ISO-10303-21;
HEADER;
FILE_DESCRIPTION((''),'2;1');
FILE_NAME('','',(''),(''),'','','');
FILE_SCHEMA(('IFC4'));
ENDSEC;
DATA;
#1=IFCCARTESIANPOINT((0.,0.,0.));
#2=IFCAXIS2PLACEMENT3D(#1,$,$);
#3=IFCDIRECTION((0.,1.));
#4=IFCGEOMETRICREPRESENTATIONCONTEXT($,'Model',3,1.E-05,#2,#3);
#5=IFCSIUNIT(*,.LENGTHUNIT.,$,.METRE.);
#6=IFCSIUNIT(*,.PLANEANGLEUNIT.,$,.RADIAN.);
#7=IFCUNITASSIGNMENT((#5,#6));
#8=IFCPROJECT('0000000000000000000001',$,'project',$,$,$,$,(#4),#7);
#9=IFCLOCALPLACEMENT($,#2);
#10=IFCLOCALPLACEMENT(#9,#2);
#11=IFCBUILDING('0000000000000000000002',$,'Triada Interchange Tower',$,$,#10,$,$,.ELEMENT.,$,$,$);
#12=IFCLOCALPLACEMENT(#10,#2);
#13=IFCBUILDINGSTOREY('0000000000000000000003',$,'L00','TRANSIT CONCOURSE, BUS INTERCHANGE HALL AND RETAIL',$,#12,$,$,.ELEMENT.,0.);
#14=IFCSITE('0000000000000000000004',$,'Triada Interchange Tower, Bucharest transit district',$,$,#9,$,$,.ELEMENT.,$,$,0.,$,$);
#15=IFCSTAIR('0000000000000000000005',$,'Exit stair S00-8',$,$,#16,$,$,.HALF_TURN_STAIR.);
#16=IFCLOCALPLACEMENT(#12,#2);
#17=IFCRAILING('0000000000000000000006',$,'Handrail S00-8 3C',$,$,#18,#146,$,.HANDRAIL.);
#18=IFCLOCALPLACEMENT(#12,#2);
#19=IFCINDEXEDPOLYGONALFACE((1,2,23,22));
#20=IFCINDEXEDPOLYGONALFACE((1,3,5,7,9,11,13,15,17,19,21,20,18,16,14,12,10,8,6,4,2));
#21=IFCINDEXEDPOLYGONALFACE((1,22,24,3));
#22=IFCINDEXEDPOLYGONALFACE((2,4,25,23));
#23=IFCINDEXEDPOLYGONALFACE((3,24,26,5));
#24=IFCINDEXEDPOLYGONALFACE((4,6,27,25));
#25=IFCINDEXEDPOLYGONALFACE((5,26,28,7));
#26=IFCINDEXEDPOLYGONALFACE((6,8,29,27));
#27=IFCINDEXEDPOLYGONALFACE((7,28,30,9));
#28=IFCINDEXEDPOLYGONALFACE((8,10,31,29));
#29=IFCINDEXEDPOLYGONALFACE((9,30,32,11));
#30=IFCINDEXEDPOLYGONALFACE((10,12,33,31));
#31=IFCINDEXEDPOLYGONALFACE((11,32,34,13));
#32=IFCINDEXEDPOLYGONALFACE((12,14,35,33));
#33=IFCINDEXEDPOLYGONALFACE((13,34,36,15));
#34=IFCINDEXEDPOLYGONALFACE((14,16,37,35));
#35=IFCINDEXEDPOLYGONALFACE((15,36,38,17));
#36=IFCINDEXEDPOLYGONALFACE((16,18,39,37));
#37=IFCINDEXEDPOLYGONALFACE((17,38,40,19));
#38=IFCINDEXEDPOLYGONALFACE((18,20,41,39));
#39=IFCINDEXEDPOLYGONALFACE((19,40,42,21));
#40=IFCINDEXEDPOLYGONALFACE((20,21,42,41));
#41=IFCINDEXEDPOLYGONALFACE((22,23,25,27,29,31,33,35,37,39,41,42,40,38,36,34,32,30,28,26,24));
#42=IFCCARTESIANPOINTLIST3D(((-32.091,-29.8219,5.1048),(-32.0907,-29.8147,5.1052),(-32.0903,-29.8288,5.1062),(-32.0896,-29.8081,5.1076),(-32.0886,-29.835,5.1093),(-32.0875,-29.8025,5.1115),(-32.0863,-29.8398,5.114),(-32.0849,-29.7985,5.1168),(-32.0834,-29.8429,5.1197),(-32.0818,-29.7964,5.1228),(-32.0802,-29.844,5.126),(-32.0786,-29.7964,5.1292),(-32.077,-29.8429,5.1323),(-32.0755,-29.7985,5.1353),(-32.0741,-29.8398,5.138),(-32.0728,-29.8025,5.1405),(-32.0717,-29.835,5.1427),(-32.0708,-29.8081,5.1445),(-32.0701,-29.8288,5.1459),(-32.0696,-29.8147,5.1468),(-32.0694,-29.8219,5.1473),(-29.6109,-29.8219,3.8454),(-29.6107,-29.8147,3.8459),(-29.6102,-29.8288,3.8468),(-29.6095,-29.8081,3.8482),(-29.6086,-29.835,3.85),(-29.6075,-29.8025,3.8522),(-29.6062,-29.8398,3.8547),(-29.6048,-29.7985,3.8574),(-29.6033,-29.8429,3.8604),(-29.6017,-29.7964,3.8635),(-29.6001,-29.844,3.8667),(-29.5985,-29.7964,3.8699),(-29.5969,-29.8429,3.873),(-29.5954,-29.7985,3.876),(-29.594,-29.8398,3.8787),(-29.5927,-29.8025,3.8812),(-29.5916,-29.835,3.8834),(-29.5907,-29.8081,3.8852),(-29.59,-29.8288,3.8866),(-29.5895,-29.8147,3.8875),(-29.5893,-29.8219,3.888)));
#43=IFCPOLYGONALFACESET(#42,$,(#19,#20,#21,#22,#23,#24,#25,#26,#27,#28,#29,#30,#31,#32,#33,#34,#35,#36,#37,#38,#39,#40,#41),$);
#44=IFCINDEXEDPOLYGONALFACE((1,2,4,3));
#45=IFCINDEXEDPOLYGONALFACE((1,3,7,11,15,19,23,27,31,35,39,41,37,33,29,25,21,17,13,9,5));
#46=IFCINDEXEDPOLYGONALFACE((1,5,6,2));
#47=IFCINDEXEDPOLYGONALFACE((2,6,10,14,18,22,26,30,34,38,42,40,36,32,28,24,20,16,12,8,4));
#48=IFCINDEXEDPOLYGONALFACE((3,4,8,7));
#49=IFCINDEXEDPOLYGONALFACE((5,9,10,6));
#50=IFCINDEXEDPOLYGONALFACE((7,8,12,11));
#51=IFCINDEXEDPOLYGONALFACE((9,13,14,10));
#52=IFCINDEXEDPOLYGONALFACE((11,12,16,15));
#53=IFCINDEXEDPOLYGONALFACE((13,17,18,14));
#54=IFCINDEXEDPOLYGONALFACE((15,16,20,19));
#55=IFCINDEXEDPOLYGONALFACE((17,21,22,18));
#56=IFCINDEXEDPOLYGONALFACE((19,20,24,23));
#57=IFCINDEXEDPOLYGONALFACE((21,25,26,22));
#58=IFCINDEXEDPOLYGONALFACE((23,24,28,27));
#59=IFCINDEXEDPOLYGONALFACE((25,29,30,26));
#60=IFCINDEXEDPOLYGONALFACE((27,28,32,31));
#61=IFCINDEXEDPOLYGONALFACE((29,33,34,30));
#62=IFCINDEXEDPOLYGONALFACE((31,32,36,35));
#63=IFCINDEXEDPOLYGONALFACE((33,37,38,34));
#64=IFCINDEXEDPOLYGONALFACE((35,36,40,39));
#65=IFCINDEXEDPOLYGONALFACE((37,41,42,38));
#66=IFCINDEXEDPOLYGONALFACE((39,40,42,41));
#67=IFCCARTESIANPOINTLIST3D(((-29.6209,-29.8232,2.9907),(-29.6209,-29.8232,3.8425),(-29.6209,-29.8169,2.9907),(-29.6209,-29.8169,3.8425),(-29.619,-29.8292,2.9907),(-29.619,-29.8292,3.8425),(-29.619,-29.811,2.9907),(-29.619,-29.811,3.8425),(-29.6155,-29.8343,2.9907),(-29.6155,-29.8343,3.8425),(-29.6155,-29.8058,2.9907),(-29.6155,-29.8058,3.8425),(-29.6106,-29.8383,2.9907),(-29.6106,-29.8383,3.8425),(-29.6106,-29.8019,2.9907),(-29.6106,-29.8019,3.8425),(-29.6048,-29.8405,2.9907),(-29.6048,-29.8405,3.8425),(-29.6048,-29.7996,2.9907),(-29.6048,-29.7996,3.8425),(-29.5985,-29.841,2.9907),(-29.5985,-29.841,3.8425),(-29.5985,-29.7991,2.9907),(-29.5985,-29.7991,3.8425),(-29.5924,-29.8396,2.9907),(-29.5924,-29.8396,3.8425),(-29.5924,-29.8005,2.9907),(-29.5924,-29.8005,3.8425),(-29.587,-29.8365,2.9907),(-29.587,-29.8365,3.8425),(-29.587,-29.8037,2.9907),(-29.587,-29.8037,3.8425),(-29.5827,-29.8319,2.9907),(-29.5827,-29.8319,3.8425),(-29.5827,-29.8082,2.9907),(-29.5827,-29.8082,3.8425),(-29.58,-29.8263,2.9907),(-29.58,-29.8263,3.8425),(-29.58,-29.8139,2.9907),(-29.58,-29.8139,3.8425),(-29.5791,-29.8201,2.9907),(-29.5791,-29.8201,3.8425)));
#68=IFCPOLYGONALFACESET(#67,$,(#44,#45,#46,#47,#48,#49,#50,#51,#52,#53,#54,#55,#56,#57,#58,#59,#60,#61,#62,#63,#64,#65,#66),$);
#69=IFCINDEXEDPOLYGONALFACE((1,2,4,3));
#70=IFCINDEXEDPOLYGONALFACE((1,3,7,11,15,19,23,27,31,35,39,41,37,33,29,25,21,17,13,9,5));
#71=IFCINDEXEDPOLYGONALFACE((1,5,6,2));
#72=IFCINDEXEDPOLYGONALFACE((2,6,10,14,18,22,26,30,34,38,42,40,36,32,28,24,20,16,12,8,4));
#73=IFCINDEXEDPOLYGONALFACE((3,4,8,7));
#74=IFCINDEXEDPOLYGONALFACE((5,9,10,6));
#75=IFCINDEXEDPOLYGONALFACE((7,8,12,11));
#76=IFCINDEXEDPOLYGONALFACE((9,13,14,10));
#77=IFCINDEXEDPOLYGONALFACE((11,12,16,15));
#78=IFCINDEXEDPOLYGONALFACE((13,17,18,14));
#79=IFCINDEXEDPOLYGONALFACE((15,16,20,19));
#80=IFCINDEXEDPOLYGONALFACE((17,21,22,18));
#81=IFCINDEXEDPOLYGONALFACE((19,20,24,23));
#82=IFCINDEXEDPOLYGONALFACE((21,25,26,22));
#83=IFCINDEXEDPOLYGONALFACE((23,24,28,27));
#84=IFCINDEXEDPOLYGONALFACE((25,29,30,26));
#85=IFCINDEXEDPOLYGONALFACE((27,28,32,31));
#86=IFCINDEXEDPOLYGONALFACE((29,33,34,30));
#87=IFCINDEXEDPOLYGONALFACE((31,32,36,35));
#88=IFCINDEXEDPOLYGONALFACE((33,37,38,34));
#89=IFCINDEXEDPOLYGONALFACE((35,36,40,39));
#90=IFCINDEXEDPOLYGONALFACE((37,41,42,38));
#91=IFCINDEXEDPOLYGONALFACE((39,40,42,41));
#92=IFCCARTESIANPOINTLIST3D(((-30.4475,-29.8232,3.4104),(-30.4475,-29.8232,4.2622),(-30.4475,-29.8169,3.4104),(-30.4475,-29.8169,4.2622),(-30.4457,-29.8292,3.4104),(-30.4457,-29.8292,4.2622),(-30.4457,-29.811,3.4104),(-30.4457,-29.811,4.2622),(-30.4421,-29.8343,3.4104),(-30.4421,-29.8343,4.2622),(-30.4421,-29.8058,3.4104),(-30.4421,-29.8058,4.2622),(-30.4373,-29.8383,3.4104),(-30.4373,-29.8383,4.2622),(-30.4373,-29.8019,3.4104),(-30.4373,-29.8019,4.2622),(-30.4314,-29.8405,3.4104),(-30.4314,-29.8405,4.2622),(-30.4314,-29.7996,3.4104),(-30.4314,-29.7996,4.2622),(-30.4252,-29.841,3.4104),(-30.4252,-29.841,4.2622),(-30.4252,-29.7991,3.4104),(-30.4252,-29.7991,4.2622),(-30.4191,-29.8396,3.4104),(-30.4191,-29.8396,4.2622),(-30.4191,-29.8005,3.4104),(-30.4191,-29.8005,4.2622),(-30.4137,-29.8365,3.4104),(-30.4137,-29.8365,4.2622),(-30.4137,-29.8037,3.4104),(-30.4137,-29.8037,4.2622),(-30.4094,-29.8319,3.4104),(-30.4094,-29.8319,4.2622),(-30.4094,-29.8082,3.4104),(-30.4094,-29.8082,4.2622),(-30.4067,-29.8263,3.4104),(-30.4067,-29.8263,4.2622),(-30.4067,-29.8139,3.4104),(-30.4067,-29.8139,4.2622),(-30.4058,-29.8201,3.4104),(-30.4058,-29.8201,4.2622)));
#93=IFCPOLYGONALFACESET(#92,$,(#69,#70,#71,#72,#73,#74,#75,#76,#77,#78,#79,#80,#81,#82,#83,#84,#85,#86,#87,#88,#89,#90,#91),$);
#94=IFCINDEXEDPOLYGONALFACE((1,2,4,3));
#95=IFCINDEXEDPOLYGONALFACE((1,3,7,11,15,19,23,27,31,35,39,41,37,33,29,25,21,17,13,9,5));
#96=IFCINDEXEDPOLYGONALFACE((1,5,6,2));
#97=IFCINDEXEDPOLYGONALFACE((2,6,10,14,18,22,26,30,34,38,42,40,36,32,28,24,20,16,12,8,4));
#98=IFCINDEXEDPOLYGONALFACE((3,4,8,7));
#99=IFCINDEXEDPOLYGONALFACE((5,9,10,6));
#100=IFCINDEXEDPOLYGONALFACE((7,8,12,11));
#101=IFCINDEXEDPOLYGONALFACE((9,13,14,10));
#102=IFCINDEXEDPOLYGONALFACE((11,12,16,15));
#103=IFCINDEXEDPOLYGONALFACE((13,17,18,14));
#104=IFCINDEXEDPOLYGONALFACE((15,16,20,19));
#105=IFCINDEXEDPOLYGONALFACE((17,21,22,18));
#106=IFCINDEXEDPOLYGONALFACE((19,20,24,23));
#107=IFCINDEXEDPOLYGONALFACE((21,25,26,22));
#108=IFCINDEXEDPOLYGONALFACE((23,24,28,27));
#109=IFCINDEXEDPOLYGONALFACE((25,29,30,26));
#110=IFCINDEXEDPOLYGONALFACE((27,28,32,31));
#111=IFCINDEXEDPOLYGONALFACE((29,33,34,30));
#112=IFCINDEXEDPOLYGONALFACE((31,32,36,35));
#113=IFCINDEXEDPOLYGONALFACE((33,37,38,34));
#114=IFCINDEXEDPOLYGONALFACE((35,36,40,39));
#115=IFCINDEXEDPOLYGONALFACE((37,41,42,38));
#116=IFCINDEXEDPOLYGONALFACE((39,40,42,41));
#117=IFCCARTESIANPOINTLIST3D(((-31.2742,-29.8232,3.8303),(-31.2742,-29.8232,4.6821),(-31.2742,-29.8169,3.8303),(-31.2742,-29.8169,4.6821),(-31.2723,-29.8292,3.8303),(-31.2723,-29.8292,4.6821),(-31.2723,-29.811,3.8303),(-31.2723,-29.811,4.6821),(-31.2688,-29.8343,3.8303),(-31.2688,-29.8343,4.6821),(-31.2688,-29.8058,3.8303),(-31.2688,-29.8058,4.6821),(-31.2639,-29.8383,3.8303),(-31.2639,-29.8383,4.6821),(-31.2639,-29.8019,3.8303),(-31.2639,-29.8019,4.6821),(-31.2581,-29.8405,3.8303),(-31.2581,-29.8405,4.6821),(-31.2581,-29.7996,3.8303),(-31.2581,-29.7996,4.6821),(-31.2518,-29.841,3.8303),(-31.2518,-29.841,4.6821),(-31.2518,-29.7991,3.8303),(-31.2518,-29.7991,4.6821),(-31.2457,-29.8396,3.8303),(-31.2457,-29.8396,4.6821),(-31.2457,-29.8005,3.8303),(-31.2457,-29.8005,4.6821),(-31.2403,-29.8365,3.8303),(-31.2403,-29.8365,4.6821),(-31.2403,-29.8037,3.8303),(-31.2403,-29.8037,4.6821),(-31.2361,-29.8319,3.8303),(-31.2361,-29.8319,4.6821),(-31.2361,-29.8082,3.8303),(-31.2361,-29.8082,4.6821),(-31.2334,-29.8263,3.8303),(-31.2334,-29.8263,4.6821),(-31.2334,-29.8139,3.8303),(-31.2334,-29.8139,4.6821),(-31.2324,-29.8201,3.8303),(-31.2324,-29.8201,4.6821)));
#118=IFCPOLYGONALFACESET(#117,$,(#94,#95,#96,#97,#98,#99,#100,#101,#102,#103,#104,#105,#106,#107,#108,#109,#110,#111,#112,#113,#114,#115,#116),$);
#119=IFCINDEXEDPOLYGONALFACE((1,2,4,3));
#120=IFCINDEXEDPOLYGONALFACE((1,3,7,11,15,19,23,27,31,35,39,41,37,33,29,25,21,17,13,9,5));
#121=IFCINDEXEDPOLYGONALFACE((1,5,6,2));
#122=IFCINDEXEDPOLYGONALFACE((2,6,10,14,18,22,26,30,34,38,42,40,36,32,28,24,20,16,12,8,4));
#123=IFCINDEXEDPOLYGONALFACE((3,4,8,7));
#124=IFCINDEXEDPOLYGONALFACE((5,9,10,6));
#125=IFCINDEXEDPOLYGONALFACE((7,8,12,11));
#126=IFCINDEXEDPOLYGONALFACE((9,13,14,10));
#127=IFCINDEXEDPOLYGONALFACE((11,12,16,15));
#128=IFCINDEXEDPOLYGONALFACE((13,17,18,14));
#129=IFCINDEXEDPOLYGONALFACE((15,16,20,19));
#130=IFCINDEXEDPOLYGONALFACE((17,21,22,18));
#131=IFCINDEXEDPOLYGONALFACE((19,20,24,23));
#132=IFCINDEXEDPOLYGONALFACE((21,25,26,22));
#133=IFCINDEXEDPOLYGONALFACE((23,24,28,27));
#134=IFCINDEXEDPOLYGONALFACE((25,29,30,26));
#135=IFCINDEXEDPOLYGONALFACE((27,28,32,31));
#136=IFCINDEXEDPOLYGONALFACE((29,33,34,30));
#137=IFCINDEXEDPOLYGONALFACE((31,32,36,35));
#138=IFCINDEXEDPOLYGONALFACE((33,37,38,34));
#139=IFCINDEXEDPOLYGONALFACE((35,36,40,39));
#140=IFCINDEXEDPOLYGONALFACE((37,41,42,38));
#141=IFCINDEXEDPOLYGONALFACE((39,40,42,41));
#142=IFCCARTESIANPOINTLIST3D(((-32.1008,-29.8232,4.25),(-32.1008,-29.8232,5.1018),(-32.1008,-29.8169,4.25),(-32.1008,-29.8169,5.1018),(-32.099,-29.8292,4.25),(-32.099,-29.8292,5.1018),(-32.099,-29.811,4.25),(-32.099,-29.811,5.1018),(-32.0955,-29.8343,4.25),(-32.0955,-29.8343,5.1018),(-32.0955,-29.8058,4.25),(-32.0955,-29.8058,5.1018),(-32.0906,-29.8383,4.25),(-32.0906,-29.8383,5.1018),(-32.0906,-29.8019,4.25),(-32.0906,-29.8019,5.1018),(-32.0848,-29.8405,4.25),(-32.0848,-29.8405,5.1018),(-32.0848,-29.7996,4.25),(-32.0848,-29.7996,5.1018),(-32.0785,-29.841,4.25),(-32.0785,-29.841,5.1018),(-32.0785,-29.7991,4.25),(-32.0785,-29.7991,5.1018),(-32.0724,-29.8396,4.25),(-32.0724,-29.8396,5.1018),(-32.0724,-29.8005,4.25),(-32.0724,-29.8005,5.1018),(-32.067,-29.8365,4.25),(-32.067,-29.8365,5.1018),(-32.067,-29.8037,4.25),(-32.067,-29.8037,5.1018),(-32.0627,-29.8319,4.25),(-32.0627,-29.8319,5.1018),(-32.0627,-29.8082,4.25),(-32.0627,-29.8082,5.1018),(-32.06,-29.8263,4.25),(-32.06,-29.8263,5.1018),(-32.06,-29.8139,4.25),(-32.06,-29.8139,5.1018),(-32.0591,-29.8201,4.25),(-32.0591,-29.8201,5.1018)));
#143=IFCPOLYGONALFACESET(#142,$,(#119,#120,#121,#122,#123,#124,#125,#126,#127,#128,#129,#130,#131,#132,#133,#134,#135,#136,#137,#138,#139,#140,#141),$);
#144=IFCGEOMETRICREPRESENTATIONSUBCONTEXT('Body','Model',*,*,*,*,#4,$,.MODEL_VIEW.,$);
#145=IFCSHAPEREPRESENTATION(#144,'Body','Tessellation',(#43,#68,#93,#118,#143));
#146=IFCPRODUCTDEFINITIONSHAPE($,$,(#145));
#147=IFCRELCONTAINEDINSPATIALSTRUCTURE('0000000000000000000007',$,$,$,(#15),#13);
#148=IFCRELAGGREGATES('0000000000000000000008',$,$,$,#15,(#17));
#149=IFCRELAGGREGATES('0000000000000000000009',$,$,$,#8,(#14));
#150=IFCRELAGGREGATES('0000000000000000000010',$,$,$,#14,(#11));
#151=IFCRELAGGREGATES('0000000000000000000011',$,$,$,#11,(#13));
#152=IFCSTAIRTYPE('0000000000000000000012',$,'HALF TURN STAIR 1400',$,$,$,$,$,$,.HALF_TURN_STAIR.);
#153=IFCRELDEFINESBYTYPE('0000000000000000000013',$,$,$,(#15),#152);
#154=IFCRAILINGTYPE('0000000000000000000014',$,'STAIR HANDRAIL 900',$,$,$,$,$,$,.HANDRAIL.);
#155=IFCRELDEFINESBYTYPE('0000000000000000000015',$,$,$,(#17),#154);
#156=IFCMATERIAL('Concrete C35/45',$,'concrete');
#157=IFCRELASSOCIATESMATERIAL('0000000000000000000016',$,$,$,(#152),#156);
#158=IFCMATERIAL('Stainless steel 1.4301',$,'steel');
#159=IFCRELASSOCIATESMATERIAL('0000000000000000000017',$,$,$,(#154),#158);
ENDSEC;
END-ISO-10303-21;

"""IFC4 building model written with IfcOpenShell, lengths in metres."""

from ifc_helpers import new_model, si_unit, direction, frame, origin, origin_2d, place, context, subcontext, project, spatial, circle, extrude, material, type_object, element, aggregate, save


model = new_model("IFC4")

# Units and contexts
model_context = context("Model", 3, precision=1e-05, world=origin(), true_north=direction((0.0, 1.0)))
body_context = subcontext(model_context, "Body", "Model", "MODEL_VIEW")
ifc_project = project(units=[si_unit("LENGTHUNIT", "METRE"), si_unit("PLANEANGLEUNIT", "RADIAN")], contexts=[model_context])

# Site, building, storey
site_placement = place(None, origin())
site = spatial("IfcSite", under=ifc_project, at=site_placement, Name="Triada Interchange Tower, Bucharest transit district", CompositionType="ELEMENT", RefElevation=0.0)
building_placement = place(site_placement, origin())
building = spatial("IfcBuilding", under=site, at=building_placement, Name="Triada Interchange Tower", CompositionType="ELEMENT")
storey_placement = place(building_placement, origin())
storey = spatial("IfcBuildingStorey", under=building, at=storey_placement, Name="L00", Description="TRANSIT CONCOURSE, BUS INTERCHANGE HALL AND RETAIL", CompositionType="ELEMENT", Elevation=0.0)

# Stair, railing
ifc_material_1 = material(Name="Concrete C35/45", Category="concrete")
stair_type = type_object("IfcStairType", Name="HALF TURN STAIR 1400", PredefinedType="HALF_TURN_STAIR", material=ifc_material_1)
stair_placement = place(storey_placement, origin())
stair = element("IfcStair", 1, at=stair_placement, inside=storey, type_object=stair_type, Name="Exit stair S00-8", PredefinedType="HALF_TURN_STAIR")
ifc_material_2 = material(Name="Stainless steel 1.4301", Category="steel")
railing_type = type_object("IfcRailingType", Name="STAIR HANDRAIL 900", PredefinedType="HANDRAIL", material=ifc_material_2)
railing_1_placement = place(storey_placement, frame((-29.6001, -29.8201, 2.9907)))
railing_1 = element("IfcRailing", 2, at=railing_1_placement, type_object=railing_type, Name="Handrail S00-8 3C", PredefinedType="HANDRAIL", context=body_context, shape_type="SweptSolid", body=[
    extrude(circle(Radius=0.0239, at=origin_2d()), frame((0.0, 0.0, 0.876), z_axis=(-0.891636, 0.0, 0.452752), x_axis=(0.0, -1.0, 0.0)), (0.0, 0.0, 1.0), 2.7815),
    extrude(circle(Radius=0.021, at=origin_2d()), origin(), (0.0, 0.0, 1.0), 0.8518),
    extrude(circle(Radius=0.021, at=origin_2d()), frame((-0.8267, 0.0, 0.4197)), (0.0, 0.0, 1.0), 0.8518),
    extrude(circle(Radius=0.021, at=origin_2d()), frame((-1.6533, 0.0, 0.8396)), (0.0, 0.0, 1.0), 0.8518),
    extrude(circle(Radius=0.021, at=origin_2d()), frame((-2.48, 0.0, 1.2593)), (0.0, 0.0, 1.0), 0.8518),
])
aggregate(stair, [railing_1])

save(model, "model.ifc")
